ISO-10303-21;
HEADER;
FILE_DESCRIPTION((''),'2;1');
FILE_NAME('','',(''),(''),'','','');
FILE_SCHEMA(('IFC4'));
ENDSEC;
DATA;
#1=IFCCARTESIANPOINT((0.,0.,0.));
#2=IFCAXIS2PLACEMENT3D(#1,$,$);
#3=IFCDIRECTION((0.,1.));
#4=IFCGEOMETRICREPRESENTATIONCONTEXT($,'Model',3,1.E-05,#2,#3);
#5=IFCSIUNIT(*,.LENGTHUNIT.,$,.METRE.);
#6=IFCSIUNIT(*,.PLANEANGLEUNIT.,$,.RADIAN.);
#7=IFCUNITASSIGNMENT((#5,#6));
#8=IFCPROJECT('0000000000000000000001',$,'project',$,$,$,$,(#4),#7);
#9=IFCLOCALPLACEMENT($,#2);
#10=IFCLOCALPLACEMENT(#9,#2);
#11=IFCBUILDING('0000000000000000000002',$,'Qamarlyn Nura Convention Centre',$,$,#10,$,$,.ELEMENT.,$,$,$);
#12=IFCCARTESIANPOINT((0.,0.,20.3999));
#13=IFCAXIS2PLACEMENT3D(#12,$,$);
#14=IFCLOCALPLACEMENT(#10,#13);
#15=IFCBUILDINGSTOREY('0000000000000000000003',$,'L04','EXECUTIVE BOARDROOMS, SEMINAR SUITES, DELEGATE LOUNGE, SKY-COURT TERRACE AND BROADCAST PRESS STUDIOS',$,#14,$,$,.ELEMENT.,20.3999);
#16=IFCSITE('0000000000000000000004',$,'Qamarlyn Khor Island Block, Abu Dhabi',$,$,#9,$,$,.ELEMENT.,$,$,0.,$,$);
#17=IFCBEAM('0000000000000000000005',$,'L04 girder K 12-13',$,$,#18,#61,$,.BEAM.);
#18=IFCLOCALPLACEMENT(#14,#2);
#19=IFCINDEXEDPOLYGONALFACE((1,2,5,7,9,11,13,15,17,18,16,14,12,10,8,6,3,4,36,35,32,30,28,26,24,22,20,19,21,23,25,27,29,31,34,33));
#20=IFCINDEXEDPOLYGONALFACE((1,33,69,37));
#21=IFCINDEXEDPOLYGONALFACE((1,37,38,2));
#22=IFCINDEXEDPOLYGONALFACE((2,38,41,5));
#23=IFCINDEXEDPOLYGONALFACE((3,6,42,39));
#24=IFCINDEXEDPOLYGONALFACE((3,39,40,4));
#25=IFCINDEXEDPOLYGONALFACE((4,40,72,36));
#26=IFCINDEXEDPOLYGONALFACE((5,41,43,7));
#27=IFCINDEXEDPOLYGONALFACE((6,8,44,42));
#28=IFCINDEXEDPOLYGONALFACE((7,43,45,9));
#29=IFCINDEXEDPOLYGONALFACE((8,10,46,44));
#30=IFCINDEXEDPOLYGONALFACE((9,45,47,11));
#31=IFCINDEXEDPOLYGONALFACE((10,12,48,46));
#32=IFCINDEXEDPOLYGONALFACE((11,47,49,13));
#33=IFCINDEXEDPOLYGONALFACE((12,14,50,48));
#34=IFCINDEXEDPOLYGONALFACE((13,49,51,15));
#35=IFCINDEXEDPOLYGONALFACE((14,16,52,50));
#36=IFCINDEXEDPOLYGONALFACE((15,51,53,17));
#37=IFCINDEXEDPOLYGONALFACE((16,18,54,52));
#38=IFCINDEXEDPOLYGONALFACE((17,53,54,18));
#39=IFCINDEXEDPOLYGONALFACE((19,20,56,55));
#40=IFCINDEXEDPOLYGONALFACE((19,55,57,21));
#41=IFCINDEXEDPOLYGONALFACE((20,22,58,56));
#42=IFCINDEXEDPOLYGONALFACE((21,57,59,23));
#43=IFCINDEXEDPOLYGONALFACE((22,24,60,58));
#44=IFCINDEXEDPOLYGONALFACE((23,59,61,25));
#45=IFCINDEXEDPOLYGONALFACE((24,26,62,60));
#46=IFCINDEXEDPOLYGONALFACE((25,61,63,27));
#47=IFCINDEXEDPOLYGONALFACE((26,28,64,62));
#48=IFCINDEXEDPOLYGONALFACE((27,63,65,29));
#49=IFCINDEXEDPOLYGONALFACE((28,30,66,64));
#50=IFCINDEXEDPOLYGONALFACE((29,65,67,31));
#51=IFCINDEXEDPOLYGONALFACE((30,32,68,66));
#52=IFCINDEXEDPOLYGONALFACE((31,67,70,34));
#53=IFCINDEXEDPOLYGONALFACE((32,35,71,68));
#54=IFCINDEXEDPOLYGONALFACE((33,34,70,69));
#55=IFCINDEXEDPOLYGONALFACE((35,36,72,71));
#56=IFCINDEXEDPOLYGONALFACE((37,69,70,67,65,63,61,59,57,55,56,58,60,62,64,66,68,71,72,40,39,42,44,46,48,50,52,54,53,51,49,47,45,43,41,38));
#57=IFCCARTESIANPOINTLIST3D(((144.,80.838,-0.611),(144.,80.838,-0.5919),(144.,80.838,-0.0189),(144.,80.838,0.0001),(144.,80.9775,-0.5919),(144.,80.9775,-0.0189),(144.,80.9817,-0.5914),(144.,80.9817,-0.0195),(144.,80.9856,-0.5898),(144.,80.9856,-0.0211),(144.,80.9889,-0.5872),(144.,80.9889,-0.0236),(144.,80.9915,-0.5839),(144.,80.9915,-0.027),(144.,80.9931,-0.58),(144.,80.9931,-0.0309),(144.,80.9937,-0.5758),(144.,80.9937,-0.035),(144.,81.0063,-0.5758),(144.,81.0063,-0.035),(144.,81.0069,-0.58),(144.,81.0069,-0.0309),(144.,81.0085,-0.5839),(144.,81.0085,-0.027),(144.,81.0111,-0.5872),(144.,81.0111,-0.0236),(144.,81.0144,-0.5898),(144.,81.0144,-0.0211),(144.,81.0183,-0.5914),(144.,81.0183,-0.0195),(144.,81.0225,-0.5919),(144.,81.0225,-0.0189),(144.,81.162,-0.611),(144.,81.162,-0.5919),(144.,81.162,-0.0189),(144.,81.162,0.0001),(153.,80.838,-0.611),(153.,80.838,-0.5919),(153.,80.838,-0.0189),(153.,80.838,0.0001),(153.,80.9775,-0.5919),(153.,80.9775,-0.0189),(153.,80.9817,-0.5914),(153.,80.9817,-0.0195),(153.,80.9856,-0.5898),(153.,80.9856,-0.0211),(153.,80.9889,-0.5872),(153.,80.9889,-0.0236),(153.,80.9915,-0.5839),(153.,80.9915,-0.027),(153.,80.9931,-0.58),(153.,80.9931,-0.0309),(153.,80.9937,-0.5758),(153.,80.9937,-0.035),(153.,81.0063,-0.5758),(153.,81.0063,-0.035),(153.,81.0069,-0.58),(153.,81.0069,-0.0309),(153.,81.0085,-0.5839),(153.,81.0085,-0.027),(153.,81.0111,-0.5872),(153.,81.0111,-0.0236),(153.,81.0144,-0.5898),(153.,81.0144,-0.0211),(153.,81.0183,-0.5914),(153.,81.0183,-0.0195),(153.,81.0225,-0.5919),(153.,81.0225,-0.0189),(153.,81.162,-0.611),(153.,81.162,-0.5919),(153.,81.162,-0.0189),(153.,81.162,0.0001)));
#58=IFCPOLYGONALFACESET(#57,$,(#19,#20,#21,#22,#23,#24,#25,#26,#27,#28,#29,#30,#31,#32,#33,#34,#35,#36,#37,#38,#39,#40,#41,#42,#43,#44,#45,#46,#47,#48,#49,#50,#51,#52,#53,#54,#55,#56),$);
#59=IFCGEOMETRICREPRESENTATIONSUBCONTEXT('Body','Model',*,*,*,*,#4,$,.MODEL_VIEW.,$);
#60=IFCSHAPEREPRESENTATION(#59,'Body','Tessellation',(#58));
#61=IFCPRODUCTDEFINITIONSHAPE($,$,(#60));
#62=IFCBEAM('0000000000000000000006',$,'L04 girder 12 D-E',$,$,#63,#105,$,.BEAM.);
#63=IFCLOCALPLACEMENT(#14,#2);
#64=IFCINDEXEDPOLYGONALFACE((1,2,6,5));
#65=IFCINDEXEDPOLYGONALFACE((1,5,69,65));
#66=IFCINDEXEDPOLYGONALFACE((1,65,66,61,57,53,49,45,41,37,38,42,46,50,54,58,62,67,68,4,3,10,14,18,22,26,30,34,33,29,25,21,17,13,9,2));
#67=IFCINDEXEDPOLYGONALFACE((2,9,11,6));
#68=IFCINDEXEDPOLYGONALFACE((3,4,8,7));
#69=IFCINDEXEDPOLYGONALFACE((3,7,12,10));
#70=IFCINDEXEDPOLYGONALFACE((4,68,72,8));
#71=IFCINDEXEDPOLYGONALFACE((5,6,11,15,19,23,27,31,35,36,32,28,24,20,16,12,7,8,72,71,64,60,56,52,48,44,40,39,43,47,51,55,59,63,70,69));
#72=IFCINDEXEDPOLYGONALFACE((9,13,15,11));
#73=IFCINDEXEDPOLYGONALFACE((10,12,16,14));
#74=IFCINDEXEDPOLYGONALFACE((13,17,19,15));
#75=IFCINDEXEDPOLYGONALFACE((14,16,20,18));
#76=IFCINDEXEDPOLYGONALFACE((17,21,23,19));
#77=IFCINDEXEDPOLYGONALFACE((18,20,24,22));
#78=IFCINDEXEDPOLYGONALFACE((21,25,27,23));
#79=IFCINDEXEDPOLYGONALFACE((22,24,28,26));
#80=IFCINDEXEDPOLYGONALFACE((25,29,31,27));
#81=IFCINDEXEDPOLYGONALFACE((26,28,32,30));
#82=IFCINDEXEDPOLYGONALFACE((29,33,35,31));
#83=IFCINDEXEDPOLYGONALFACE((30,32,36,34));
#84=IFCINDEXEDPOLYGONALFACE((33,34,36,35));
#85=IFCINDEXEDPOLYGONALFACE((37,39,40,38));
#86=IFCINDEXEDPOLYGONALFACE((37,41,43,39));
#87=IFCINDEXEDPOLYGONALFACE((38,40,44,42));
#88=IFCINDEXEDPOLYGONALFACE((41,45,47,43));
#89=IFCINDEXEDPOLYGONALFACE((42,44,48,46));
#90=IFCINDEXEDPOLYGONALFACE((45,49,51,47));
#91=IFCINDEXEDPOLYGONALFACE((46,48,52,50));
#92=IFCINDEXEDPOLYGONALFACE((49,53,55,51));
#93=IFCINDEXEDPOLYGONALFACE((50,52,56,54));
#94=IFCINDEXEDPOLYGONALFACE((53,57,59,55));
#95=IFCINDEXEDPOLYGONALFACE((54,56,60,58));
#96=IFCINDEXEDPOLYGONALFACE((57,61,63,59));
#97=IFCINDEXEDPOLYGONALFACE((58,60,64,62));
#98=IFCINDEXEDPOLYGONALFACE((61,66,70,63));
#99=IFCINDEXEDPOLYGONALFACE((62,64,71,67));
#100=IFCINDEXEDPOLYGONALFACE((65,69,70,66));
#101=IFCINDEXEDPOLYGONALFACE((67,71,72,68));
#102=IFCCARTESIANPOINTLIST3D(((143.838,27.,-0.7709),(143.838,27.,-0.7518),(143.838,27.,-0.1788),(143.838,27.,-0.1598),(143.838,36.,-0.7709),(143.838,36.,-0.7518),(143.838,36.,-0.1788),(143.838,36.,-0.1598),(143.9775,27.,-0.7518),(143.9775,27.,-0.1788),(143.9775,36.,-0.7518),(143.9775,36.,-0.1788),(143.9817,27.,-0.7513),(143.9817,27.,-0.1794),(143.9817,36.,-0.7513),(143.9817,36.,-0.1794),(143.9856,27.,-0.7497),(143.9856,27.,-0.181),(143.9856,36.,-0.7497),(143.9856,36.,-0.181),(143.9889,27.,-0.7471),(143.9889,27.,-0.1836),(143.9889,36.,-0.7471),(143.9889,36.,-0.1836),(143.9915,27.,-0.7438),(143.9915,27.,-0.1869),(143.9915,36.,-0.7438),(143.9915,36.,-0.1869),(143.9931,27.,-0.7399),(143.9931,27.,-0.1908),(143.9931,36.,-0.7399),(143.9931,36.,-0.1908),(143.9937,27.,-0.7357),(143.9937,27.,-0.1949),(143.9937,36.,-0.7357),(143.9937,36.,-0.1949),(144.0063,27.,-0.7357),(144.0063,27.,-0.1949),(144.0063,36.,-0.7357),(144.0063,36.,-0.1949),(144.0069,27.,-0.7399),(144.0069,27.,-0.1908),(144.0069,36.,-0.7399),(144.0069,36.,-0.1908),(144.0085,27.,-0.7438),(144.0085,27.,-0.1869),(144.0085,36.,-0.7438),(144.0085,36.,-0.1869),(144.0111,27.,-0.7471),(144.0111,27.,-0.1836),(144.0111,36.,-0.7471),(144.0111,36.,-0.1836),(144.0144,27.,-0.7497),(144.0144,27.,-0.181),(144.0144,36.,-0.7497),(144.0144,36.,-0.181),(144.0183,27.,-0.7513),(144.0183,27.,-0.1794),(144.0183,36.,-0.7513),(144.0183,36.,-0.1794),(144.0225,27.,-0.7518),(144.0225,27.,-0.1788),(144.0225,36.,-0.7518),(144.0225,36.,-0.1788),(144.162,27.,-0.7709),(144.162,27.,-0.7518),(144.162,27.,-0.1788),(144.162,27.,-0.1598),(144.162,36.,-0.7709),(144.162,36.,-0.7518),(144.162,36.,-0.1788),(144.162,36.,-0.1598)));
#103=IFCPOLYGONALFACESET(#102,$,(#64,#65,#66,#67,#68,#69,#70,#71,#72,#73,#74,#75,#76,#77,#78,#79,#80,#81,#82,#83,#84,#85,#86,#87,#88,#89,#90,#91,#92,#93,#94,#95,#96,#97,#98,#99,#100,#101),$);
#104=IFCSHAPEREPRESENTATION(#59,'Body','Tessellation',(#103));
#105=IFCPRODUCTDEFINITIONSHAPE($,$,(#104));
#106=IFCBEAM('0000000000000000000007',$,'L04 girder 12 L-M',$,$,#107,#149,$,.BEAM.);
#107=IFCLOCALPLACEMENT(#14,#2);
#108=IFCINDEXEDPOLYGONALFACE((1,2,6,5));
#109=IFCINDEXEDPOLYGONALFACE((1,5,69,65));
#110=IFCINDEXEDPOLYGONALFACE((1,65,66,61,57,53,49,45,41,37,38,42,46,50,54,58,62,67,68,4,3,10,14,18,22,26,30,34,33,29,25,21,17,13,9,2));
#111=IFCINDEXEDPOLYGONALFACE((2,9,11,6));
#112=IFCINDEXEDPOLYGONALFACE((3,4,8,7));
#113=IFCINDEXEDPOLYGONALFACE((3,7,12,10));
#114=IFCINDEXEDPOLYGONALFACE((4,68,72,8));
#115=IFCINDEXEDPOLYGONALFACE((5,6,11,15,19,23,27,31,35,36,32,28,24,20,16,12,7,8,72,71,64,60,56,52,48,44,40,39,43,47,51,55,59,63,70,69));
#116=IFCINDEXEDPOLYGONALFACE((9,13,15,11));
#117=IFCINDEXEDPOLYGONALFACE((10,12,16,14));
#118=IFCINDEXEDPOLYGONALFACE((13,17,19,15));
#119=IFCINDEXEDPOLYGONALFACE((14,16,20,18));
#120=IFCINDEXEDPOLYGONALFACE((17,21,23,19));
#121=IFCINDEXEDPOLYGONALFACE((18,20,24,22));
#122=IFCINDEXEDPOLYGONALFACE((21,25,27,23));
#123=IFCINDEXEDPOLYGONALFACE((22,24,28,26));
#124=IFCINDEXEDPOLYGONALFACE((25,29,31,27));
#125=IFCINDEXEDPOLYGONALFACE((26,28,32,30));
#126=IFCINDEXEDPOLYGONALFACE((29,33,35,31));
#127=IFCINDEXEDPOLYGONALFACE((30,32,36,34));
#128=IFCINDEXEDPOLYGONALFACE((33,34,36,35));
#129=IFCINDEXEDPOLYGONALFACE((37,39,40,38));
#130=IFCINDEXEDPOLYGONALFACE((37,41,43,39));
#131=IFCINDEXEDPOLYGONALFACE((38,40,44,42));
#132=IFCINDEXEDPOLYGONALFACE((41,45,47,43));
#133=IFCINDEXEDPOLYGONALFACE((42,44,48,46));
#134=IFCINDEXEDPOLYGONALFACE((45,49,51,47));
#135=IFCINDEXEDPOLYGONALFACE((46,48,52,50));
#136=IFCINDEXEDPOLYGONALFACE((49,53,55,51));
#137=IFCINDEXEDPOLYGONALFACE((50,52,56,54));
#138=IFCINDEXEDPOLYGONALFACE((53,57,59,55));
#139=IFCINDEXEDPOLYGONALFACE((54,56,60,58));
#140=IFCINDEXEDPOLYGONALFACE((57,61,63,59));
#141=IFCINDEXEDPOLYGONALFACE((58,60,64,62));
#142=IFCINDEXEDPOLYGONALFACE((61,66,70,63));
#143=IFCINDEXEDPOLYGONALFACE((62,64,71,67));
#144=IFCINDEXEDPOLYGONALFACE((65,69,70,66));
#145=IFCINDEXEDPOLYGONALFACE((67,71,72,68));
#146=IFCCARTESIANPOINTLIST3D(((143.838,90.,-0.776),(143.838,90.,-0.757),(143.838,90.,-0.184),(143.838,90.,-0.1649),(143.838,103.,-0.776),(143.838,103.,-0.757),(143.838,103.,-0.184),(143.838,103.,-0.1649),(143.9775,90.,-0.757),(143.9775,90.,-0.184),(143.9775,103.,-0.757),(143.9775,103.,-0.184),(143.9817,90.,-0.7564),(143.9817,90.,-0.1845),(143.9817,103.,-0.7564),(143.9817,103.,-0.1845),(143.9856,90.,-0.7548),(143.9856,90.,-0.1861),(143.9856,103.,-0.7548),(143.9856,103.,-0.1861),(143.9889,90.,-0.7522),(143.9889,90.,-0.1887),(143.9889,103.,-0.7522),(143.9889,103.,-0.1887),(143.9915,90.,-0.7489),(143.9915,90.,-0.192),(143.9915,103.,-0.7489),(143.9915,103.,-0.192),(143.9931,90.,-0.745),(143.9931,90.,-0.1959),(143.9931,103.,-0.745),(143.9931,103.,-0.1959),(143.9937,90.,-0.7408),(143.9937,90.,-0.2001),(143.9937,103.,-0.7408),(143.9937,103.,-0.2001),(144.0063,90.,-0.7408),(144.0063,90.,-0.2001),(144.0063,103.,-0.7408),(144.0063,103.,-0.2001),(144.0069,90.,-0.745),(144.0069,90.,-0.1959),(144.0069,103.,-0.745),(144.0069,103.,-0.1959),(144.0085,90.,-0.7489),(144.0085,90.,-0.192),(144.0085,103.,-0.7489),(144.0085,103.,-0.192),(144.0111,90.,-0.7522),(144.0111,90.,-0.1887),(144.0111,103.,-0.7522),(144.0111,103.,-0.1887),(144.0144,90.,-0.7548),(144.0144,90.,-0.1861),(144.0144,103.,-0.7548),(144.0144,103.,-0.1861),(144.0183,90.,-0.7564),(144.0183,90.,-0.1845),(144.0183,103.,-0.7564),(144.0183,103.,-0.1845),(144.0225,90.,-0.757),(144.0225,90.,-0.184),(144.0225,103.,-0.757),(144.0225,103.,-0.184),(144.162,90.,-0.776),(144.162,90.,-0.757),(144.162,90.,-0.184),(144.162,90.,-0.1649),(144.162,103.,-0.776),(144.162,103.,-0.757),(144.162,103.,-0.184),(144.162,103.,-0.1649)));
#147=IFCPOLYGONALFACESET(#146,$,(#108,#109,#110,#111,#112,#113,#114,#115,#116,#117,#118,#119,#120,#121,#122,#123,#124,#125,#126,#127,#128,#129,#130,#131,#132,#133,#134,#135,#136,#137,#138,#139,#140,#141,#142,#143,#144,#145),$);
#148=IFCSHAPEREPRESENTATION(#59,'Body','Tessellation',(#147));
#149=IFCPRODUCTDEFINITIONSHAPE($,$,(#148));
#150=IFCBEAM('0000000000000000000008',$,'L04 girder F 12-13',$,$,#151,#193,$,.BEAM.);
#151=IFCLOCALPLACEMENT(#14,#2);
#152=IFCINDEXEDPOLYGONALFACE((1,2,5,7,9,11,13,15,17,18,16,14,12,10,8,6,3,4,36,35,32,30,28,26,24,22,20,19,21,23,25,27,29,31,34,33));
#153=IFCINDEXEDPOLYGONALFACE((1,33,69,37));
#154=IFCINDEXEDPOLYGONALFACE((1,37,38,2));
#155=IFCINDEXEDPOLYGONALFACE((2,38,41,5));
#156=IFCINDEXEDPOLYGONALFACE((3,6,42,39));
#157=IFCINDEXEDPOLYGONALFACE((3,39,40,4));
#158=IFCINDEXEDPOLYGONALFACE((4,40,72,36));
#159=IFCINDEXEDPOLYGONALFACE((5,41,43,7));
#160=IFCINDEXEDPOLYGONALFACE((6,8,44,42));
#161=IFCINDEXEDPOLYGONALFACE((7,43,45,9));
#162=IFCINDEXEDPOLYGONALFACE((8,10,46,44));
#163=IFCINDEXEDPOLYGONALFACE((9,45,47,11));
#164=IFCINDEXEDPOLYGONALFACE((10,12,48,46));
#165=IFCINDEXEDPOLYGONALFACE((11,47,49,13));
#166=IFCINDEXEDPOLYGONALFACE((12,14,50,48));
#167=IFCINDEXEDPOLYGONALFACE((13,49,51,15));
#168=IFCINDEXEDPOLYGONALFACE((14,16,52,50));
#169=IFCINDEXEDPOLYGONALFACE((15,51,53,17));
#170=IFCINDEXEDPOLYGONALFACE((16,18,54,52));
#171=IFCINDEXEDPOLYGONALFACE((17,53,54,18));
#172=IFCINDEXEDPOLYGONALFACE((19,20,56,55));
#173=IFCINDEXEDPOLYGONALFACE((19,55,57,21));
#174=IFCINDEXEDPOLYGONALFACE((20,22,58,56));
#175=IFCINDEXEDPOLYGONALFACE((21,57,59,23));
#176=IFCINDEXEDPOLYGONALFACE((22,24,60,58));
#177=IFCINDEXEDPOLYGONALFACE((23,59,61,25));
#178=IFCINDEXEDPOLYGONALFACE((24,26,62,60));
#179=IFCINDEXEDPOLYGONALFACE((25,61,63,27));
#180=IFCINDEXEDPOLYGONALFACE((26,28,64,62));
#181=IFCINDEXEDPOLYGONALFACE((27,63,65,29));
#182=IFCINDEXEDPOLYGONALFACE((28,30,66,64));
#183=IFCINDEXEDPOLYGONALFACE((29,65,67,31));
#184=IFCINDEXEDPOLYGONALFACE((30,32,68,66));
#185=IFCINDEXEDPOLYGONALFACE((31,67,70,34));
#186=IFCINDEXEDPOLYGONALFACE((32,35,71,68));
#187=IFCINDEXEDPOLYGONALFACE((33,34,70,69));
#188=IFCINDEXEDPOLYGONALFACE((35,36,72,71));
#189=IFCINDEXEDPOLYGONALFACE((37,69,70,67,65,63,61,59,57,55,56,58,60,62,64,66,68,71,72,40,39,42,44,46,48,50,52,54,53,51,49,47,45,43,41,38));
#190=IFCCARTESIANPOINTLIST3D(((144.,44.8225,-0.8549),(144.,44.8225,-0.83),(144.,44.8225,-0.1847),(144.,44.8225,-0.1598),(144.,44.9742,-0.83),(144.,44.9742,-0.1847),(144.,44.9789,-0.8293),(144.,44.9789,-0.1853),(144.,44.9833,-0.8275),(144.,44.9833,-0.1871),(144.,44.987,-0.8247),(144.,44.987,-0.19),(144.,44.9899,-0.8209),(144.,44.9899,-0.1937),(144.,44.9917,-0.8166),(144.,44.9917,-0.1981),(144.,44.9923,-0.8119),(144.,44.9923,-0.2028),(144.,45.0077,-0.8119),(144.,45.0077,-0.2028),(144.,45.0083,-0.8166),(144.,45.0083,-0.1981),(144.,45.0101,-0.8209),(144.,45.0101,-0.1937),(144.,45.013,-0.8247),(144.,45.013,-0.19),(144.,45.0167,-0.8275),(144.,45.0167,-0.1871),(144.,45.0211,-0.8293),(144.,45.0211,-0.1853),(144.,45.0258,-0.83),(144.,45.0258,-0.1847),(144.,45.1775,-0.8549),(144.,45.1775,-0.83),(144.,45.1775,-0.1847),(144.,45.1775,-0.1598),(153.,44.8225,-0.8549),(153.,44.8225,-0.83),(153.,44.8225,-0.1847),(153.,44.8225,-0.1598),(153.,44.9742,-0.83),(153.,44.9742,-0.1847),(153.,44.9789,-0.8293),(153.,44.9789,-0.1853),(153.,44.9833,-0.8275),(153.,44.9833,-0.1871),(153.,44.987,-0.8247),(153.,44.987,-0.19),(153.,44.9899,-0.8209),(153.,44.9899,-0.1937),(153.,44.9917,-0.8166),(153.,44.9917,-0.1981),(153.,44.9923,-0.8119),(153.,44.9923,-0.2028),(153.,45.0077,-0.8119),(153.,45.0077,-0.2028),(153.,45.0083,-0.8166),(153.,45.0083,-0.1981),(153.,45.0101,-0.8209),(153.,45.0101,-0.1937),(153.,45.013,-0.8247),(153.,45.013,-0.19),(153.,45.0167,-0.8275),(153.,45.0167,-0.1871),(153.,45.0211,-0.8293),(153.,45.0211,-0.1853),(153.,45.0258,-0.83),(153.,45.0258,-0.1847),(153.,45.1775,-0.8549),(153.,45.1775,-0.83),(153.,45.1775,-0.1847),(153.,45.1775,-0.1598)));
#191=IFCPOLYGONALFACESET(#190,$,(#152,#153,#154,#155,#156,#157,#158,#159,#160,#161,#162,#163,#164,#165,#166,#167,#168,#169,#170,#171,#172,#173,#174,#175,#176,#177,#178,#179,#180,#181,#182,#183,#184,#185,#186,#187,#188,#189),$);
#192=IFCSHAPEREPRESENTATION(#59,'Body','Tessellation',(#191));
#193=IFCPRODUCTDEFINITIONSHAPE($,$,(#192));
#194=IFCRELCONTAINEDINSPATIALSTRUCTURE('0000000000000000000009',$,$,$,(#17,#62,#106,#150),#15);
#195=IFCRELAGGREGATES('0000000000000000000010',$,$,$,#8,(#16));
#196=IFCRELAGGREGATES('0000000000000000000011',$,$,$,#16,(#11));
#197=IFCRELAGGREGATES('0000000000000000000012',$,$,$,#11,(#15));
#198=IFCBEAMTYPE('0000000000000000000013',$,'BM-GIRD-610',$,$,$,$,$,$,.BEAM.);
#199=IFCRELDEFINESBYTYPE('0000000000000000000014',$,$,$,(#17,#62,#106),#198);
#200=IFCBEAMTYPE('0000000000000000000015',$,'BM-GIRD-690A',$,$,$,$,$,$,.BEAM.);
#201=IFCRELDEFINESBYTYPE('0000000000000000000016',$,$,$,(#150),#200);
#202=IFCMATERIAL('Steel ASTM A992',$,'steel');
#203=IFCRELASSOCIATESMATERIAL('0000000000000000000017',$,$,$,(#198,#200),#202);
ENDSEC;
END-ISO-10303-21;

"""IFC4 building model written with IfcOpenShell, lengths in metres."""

from ifc_helpers import new_model, si_unit, direction, frame, origin, origin_2d, place, context, subcontext, project, spatial, i_section, extrude, material, material_profile, profile_set, type_object, element, save


model = new_model("IFC4")

# Units and contexts
model_context = context("Model", 3, precision=1e-05, world=origin(), true_north=direction((0.0, 1.0)))
body_context = subcontext(model_context, "Body", "Model", "MODEL_VIEW")
ifc_project = project(units=[si_unit("LENGTHUNIT", "METRE"), si_unit("PLANEANGLEUNIT", "RADIAN")], contexts=[model_context])

# Site, building, storey
site_placement = place(None, origin())
site = spatial("IfcSite", under=ifc_project, at=site_placement, Name="Qamarlyn Khor Island Block, Abu Dhabi", CompositionType="ELEMENT", RefElevation=0.0)
building_placement = place(site_placement, origin())
building = spatial("IfcBuilding", under=site, at=building_placement, Name="Qamarlyn Nura Convention Centre", CompositionType="ELEMENT")
storey_placement = place(building_placement, frame((0.0, 0.0, 20.3999)))
storey = spatial("IfcBuildingStorey", under=building, at=storey_placement, Name="L04", Description="EXECUTIVE BOARDROOMS, SEMINAR SUITES, DELEGATE LOUNGE, SKY-COURT TERRACE AND BROADCAST PRESS STUDIOS", CompositionType="ELEMENT", Elevation=20.3999)

# Beams
ifc_material_1 = material(Name="Steel ASTM A992", Category="steel")
ifc_material_profile_1 = material_profile(ifc_material_1, i_section(OverallWidth=0.324, OverallDepth=0.6111, WebThickness=0.0127, FlangeThickness=0.019, FilletRadius=0.0161, at=origin_2d()), Name="W610X155")
ifc_profile_set_1 = profile_set([ifc_material_profile_1], Name="Steel ASTM A992")
beam_type_1 = type_object("IfcBeamType", Name="BM-GIRD-610", PredefinedType="BEAM", material=ifc_profile_set_1)
for number, where, z_axis, x_axis, name in (
    (1, (144.0, 81.0, -0.3054), (1.0, 0.0, 0.0), (0.0, 1.0, 0.0), "L04 girder K 12-13"),
    (2, (144.0, 27.0, -0.4653), (0.0, 1.0, 0.0), (-1.0, 0.0, 0.0), "L04 girder 12 D-E"),
):
    element("IfcBeam", number, at=place(storey_placement, frame(where, z_axis=z_axis, x_axis=x_axis)), inside=storey, type_object=beam_type_1, Name=name, PredefinedType="BEAM", context=body_context, shape_type="SweptSolid", body=[
        extrude(i_section(OverallWidth=0.324, OverallDepth=0.6111, WebThickness=0.0127, FlangeThickness=0.019, FilletRadius=0.0161, at=origin_2d()), origin(), (0.0, 0.0, 1.0), 9.0),
    ])
beam_1_placement = place(storey_placement, frame((144.0, 90.0, -0.4705), z_axis=(0.0, 1.0, 0.0), x_axis=(-1.0, 0.0, 0.0)))
element("IfcBeam", 3, at=beam_1_placement, inside=storey, type_object=beam_type_1, Name="L04 girder 12 L-M", PredefinedType="BEAM", context=body_context, shape_type="SweptSolid", body=[
    extrude(i_section(OverallWidth=0.324, OverallDepth=0.6111, WebThickness=0.0127, FlangeThickness=0.019, FilletRadius=0.0161, at=origin_2d()), origin(), (0.0, 0.0, 1.0), 13.0),
])
ifc_material_profile_2 = material_profile(ifc_material_1, i_section(OverallWidth=0.355, OverallDepth=0.6951, WebThickness=0.0154, FlangeThickness=0.0249, FilletRadius=0.0181, at=origin_2d()), Name="W690X217")
ifc_profile_set_2 = profile_set([ifc_material_profile_2], Name="Steel ASTM A992")
beam_type_2 = type_object("IfcBeamType", Name="BM-GIRD-690A", PredefinedType="BEAM", material=ifc_profile_set_2)
for number, where, z_axis, x_axis, name in (
    (4, (144.0, 45.0, -0.5073), (1.0, 0.0, 0.0), (0.0, 1.0, 0.0), "L04 girder F 12-13"),
):
    element("IfcBeam", number, at=place(storey_placement, frame(where, z_axis=z_axis, x_axis=x_axis)), inside=storey, type_object=beam_type_2, Name=name, PredefinedType="BEAM", context=body_context, shape_type="SweptSolid", body=[
        extrude(i_section(OverallWidth=0.355, OverallDepth=0.6951, WebThickness=0.0154, FlangeThickness=0.0249, FilletRadius=0.0181, at=origin_2d()), origin(), (0.0, 0.0, 1.0), 9.0),
    ])

save(model, "model.ifc")
